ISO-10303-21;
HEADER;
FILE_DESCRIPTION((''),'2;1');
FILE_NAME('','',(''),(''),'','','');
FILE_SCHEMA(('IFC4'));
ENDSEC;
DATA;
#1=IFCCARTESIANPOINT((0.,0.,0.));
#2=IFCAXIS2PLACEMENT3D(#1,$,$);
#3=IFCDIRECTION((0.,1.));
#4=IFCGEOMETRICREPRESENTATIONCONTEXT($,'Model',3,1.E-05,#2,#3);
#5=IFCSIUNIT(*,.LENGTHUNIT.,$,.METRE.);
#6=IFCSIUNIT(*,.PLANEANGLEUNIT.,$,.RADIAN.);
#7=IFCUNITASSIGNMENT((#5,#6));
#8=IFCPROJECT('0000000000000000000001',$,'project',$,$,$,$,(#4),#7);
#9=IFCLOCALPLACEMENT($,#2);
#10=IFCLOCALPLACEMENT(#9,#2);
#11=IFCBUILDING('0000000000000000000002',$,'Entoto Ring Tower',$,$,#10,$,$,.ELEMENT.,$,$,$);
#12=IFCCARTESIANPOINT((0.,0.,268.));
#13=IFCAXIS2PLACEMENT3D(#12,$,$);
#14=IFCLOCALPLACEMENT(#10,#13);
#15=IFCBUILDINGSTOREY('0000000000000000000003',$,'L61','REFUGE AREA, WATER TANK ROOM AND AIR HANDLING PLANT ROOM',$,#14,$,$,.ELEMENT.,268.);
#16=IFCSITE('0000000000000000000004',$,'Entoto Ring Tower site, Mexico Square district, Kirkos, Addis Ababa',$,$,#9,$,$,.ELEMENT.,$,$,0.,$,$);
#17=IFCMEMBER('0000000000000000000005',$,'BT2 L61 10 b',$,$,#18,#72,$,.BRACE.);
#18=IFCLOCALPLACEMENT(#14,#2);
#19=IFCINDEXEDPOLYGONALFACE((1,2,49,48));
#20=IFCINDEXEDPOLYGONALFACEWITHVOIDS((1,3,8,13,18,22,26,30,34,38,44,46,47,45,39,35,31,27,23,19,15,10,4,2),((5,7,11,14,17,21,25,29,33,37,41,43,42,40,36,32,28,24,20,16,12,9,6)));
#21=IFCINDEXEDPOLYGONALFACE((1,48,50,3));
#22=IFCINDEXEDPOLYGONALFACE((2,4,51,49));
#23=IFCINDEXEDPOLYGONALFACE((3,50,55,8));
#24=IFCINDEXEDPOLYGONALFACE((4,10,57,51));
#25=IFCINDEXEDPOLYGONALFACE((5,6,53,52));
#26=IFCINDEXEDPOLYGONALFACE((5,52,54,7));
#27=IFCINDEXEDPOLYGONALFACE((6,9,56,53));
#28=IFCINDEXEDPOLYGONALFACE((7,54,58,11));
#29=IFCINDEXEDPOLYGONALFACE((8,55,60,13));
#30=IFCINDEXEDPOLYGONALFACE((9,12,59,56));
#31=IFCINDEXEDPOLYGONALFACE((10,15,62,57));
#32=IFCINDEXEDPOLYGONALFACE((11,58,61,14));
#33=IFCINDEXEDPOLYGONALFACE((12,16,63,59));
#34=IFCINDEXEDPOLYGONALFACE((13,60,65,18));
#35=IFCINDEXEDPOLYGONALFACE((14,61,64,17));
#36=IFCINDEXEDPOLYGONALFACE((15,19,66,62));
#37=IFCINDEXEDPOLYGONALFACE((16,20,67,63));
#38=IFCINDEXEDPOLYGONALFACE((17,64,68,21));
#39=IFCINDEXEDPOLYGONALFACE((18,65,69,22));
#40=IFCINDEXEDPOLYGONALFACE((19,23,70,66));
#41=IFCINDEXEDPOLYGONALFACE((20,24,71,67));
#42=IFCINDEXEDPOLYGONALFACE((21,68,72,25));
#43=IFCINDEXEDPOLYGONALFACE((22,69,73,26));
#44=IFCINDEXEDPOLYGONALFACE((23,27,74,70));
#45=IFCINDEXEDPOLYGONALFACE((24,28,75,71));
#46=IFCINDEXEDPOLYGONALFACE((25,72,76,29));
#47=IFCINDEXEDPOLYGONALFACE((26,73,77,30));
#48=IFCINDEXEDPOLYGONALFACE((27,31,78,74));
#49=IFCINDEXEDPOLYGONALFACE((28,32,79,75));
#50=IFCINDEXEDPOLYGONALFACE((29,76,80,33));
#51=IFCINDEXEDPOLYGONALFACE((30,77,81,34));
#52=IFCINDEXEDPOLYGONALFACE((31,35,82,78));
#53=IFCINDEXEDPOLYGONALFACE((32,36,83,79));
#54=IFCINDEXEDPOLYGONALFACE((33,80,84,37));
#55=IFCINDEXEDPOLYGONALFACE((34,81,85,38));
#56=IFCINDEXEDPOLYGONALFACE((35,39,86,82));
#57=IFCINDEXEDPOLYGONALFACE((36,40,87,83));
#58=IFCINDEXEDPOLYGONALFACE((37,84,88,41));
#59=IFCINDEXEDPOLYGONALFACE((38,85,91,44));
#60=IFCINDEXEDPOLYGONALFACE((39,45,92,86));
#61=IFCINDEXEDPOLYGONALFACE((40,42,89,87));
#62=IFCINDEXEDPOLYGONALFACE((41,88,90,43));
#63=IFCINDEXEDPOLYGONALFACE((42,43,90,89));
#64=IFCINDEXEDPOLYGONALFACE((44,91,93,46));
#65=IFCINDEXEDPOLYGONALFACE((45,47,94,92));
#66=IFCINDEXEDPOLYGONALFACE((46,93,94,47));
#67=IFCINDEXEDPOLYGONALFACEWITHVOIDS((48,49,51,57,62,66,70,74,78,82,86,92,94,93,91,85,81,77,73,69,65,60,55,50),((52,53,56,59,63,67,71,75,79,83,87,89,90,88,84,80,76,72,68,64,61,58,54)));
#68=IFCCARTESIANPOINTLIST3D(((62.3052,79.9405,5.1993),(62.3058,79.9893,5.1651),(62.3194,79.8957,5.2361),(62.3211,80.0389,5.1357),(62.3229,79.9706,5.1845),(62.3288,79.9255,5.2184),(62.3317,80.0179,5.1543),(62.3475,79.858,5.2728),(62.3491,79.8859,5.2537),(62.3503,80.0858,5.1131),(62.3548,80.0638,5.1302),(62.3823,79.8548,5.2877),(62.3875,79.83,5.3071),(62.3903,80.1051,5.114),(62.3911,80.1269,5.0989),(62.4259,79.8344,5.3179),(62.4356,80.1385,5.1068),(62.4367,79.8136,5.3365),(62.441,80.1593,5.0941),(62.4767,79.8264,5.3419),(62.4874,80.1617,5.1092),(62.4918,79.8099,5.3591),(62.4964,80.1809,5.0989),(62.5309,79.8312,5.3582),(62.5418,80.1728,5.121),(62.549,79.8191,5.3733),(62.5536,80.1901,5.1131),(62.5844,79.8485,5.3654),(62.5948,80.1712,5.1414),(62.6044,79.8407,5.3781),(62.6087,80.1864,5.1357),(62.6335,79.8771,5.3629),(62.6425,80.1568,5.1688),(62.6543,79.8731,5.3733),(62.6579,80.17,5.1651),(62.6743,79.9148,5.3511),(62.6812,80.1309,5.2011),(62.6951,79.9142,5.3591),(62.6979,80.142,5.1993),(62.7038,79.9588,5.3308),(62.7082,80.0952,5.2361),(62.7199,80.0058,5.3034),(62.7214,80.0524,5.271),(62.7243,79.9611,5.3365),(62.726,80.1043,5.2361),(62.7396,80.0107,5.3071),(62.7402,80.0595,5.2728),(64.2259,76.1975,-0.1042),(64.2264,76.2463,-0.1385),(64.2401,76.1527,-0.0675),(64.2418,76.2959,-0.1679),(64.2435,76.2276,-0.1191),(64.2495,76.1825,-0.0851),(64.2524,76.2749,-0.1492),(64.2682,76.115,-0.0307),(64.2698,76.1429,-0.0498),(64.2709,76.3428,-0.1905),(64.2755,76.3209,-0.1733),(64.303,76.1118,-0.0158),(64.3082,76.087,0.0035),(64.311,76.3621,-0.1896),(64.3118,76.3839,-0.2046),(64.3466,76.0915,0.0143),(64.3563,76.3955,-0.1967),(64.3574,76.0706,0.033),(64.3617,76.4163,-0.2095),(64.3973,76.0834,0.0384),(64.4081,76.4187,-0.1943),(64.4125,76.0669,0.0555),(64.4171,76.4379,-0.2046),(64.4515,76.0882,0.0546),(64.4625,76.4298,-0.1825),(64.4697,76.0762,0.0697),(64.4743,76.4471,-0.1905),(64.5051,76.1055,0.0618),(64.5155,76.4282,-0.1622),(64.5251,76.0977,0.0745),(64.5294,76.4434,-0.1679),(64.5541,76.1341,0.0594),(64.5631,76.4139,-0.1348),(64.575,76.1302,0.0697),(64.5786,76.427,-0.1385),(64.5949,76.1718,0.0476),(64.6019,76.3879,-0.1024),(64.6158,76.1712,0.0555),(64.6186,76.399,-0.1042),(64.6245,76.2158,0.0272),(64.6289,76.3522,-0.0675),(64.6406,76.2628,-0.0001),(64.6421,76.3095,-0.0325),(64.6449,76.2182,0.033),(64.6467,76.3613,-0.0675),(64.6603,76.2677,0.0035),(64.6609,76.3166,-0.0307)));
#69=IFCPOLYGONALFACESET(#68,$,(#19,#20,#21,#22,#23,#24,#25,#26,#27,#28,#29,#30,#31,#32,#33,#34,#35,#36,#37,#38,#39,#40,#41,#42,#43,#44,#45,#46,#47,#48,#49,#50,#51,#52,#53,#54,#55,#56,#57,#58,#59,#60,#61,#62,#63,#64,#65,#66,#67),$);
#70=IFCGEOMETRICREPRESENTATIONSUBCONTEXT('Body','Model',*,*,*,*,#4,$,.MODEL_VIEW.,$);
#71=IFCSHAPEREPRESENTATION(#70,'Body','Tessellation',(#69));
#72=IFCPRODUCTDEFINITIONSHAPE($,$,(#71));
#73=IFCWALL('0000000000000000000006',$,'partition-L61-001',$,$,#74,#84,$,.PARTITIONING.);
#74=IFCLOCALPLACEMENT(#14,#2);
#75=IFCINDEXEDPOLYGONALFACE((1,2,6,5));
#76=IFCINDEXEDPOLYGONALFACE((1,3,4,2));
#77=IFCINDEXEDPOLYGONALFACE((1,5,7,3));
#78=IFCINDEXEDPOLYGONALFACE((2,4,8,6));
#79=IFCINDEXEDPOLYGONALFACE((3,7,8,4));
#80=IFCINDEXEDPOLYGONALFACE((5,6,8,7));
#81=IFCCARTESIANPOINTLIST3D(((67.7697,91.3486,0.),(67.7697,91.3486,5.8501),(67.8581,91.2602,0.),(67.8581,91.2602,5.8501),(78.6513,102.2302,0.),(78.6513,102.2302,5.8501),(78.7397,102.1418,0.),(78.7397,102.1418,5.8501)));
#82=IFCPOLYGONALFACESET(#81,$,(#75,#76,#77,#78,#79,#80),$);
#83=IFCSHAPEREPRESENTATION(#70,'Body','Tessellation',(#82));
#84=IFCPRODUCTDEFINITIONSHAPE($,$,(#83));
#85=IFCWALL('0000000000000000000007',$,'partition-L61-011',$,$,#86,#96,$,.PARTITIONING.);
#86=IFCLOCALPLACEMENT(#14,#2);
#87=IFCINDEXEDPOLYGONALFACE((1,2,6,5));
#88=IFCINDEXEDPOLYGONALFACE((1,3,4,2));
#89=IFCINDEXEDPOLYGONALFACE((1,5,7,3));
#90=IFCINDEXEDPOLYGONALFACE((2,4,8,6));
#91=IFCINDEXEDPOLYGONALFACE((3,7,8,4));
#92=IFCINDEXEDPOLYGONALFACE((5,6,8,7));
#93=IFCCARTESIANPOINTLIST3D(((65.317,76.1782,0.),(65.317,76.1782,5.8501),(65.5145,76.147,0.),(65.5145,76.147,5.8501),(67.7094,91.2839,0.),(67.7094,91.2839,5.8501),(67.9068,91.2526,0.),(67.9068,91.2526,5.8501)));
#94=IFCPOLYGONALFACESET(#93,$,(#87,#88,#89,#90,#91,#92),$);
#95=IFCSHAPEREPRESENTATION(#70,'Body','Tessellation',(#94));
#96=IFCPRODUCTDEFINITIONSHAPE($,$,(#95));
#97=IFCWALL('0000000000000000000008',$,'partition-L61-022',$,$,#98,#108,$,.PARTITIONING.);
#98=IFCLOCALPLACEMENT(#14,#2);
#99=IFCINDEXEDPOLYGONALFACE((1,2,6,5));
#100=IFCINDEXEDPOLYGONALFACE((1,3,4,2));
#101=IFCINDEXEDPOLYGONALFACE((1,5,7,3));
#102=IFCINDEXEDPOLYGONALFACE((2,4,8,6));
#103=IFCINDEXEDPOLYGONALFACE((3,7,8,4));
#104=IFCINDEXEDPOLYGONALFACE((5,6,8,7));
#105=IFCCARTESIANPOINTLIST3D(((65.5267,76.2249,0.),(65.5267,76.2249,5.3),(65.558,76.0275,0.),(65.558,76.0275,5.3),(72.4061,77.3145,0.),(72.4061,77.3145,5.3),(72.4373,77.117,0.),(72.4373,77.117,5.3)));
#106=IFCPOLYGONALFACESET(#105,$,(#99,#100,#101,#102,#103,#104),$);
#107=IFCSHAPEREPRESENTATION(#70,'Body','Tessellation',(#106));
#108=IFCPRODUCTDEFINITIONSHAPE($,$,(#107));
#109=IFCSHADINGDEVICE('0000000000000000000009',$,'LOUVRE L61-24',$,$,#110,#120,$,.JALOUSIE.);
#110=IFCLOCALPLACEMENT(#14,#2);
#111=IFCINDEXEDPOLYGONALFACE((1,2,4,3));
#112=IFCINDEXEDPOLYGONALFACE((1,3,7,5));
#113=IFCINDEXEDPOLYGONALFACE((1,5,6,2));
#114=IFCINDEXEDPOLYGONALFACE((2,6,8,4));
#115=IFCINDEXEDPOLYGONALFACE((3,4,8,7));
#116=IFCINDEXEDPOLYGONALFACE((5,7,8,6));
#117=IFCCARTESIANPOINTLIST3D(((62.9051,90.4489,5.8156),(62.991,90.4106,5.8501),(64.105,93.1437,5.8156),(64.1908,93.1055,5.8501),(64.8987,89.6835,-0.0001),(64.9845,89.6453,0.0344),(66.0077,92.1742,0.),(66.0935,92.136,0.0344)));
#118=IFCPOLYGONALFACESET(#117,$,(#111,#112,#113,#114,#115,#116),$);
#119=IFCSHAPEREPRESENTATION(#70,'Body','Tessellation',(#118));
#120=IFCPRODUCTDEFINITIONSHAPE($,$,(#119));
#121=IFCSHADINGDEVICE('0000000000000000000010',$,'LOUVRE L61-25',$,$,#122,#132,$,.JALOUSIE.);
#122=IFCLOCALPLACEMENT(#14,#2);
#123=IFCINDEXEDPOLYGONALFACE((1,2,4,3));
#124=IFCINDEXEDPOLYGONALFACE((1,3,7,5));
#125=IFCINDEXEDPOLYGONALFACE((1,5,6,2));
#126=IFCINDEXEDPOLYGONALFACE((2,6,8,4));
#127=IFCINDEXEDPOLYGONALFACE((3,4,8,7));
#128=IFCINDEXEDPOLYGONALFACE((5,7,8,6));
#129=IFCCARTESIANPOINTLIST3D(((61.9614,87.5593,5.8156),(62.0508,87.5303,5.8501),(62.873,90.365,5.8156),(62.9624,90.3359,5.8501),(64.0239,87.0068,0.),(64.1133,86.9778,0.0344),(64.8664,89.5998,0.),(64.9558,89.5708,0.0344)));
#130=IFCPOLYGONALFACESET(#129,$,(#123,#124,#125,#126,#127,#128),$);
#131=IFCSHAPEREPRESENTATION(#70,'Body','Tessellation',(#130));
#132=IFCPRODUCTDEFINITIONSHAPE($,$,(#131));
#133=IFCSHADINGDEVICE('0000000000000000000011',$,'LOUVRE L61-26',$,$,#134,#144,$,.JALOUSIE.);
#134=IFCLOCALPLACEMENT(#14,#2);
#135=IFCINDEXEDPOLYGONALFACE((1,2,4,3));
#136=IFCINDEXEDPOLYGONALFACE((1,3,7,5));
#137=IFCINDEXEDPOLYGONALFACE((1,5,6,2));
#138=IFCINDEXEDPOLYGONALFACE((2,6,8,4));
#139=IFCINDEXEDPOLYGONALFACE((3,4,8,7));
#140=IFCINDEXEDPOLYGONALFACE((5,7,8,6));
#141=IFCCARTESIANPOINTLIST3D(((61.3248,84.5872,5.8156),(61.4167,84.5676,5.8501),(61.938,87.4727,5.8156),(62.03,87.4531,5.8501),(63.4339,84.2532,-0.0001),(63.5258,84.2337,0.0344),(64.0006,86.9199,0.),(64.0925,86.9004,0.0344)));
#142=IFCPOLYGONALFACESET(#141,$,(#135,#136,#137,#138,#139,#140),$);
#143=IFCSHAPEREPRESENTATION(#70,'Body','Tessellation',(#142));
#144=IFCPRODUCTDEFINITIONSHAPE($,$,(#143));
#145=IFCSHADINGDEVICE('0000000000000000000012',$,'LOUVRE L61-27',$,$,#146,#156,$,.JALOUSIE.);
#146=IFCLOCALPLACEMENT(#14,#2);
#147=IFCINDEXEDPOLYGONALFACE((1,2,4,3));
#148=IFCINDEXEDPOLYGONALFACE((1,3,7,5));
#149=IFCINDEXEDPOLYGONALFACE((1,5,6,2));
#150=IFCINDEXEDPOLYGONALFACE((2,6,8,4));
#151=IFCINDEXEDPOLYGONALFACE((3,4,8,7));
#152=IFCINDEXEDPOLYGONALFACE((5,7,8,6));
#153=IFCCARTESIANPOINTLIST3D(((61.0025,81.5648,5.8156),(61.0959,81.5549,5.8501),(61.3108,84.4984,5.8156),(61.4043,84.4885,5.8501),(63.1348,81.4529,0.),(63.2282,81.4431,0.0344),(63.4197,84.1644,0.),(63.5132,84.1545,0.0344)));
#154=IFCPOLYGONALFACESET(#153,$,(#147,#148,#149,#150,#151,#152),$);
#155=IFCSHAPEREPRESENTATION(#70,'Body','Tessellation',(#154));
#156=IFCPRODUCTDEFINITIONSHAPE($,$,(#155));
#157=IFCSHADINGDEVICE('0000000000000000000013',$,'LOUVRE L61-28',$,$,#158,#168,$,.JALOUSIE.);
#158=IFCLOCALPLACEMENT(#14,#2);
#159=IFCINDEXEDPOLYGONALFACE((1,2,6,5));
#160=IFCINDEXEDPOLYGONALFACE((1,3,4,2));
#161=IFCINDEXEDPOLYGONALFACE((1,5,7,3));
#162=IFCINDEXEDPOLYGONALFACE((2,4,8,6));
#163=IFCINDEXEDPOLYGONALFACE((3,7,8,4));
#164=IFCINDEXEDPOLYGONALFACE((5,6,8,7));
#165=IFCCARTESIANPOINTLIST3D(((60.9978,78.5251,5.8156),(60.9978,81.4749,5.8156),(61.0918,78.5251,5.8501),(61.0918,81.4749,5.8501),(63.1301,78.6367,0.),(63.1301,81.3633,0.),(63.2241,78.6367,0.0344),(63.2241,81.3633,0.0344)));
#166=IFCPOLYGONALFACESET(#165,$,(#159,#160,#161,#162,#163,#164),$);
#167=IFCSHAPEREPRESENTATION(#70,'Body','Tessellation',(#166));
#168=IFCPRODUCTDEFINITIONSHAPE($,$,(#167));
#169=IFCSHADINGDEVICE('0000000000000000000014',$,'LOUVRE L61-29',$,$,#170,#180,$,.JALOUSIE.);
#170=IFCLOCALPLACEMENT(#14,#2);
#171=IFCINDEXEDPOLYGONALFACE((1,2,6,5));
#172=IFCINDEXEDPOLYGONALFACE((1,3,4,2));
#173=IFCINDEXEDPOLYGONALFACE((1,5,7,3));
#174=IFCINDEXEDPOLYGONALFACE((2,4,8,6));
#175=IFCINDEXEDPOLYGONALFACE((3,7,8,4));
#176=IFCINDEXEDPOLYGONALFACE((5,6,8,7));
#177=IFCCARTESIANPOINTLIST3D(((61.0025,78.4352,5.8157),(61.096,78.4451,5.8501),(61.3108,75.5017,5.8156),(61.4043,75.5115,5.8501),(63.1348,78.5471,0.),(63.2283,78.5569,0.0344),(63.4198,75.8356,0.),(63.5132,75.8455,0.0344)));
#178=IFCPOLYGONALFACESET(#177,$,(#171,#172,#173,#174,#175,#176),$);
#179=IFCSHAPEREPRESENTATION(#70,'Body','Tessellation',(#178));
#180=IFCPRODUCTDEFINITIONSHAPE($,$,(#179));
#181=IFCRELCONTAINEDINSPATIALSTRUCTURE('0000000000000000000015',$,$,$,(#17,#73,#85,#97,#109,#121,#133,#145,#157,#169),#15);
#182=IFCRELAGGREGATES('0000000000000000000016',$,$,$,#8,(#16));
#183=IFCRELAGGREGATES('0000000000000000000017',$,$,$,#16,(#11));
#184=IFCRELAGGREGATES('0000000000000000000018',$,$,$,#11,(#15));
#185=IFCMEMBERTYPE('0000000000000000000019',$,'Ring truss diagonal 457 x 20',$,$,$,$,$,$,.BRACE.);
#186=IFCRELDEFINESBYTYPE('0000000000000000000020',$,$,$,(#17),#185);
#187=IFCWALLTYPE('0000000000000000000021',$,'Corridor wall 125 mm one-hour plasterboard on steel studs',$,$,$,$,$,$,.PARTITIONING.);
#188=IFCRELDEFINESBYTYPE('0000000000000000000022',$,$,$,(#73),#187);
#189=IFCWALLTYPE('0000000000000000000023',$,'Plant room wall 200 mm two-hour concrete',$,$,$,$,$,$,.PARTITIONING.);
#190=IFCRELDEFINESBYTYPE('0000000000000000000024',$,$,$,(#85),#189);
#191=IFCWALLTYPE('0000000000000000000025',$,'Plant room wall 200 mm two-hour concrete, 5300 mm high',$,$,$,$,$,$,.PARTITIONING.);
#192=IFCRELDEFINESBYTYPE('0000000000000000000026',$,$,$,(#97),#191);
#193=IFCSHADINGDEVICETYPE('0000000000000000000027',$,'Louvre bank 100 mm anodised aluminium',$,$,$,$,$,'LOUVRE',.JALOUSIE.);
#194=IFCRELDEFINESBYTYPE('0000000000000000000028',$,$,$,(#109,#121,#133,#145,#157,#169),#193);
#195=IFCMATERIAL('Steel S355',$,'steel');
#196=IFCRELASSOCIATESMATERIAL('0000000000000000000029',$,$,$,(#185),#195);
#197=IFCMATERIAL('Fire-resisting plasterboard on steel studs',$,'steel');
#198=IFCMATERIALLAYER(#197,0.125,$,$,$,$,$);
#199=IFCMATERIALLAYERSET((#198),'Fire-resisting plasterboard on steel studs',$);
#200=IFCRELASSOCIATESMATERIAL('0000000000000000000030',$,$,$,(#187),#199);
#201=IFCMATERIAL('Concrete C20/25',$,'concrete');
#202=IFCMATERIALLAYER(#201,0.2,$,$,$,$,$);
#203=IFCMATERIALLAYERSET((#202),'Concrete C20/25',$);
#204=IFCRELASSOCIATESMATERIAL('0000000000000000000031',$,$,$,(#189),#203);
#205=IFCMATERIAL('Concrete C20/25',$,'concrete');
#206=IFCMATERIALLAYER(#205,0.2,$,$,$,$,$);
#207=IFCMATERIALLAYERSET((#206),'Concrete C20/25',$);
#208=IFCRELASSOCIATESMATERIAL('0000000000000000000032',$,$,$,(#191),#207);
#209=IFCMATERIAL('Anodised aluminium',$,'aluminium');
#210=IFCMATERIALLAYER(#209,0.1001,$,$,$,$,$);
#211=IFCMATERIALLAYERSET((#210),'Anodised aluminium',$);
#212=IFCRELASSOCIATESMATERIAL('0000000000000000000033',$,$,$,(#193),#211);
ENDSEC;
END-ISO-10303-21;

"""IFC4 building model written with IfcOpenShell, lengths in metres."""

from ifc_helpers import new_model, si_unit, direction, frame, frame_2d, origin, origin_2d, place, context, subcontext, project, spatial, polyline, rectangle, circle, hollow_circle, outline, extrude, material, layer, layer_set, material_profile, profile_set, type_object, element, save


model = new_model("IFC4")

# Units and contexts
model_context = context("Model", 3, precision=1e-05, world=origin(), true_north=direction((0.0, 1.0)))
body_context = subcontext(model_context, "Body", "Model", "MODEL_VIEW")
ifc_project = project(units=[si_unit("LENGTHUNIT", "METRE"), si_unit("PLANEANGLEUNIT", "RADIAN")], contexts=[model_context])

# Site, building, storey
site_placement = place(None, origin())
site = spatial("IfcSite", under=ifc_project, at=site_placement, Name="Entoto Ring Tower site, Mexico Square district, Kirkos, Addis Ababa", CompositionType="ELEMENT", RefElevation=0.0)
building_placement = place(site_placement, origin())
building = spatial("IfcBuilding", under=site, at=building_placement, Name="Entoto Ring Tower", CompositionType="ELEMENT")
storey_placement = place(building_placement, frame((0.0, 0.0, 268.0)))
storey = spatial("IfcBuildingStorey", under=building, at=storey_placement, Name="L61", Description="REFUGE AREA, WATER TANK ROOM AND AIR HANDLING PLANT ROOM", CompositionType="ELEMENT", Elevation=268.0)

# Member
ifc_material_1 = material(Name="Steel S355", Category="steel")
ifc_material_profile_1 = material_profile(ifc_material_1, hollow_circle(Radius=0.2285, WallThickness=0.02, at=origin_2d()), Name="CHS 457 x 20")
ifc_material_2 = material(Name="Concrete C60/75", Category="concrete")
ifc_material_profile_2 = material_profile(ifc_material_2, circle(Radius=0.2085, at=origin_2d()), Name="Concrete C60/75 infill")
ifc_profile_set_1 = profile_set([ifc_material_profile_1, ifc_material_profile_2], Name="Steel S355")
member_type_1 = type_object("IfcMemberType", Name="Ring truss diagonal 457 x 20", PredefinedType="BRACE", material=ifc_profile_set_1)
for number, where, z_axis, x_axis, name in (
    (1, (62.5227, 80.0, 5.2361), (0.283725, -0.552915, -0.783444), (0.889701, 0.456544, 0.0), "BT2 L61 10 b"),
):
    element("IfcMember", number, at=place(storey_placement, frame(where, z_axis=z_axis, x_axis=x_axis)), inside=storey, type_object=member_type_1, Name=name, PredefinedType="BRACE", context=body_context, shape_type="SweptSolid", body=[
        extrude(hollow_circle(Radius=0.2285, WallThickness=0.02, at=origin_2d()), origin(), (0.0, 0.0, 1.0), 6.7695),
    ])

# Walls
ifc_material_3 = material(Name="Fire-resisting plasterboard on steel studs", Category="steel")
ifc_layer_1 = layer(ifc_material_3, 0.125)
ifc_layer_set_1 = layer_set([ifc_layer_1], Name="Fire-resisting plasterboard on steel studs")
wall_type_1 = type_object("IfcWallType", Name="Corridor wall 125 mm one-hour plasterboard on steel studs", PredefinedType="PARTITIONING", material=ifc_layer_set_1)
wall_1_placement = place(storey_placement, frame((67.814, 91.3044, 0.0), z_axis=(0.0, 0.0, 1.0), x_axis=(0.707107, 0.707107, 0.0)))
element("IfcWall", 2, at=wall_1_placement, inside=storey, type_object=wall_type_1, Name="partition-L61-001", PredefinedType="PARTITIONING", context=body_context, shape_type="SweptSolid", body=[
    extrude(rectangle(XDim=15.3889, YDim=0.125, at=frame_2d((7.6943, 0.0))), origin(), (0.0, 0.0, 1.0), 5.8501),
])
ifc_material_4 = material(Name="Concrete C20/25", Category="concrete")
ifc_layer_2 = layer(ifc_material_4, 0.2)
ifc_layer_set_2 = layer_set([ifc_layer_2], Name="Concrete C20/25")
wall_type_2 = type_object("IfcWallType", Name="Plant room wall 200 mm two-hour concrete", PredefinedType="PARTITIONING", material=ifc_layer_set_2)
wall_2_placement = place(storey_placement, frame((65.4158, 76.1626, 0.0), z_axis=(0.0, 0.0, 1.0), x_axis=(0.156423, 0.98769, 0.0)))
element("IfcWall", 3, at=wall_2_placement, inside=storey, type_object=wall_type_2, Name="partition-L61-011", PredefinedType="PARTITIONING", context=body_context, shape_type="SweptSolid", body=[
    extrude(rectangle(XDim=15.2939, YDim=0.2, at=frame_2d((7.647, 0.0))), origin(), (0.0, 0.0, 1.0), 5.8501),
])
ifc_material_5 = material(Name="Concrete C20/25", Category="concrete")
ifc_layer_3 = layer(ifc_material_5, 0.2)
ifc_layer_set_3 = layer_set([ifc_layer_3], Name="Concrete C20/25")
wall_type_3 = type_object("IfcWallType", Name="Plant room wall 200 mm two-hour concrete, 5300 mm high", PredefinedType="PARTITIONING", material=ifc_layer_set_3)
wall_3_placement = place(storey_placement, frame((65.5425, 76.1262, 0.0), z_axis=(0.0, 0.0, 1.0), x_axis=(0.987688, 0.156436, 0.0)))
element("IfcWall", 4, at=wall_3_placement, inside=storey, type_object=wall_type_3, Name="partition-L61-022", PredefinedType="PARTITIONING", context=body_context, shape_type="SweptSolid", body=[
    extrude(rectangle(XDim=6.9651, YDim=0.2, at=frame_2d((3.4824, 0.0))), origin(), (0.0, 0.0, 1.0), 5.3),
])

# Shading devices
ifc_material_6 = material(Name="Anodised aluminium", Category="aluminium")
ifc_layer_4 = layer(ifc_material_6, 0.1001)
ifc_layer_set_4 = layer_set([ifc_layer_4], Name="Anodised aluminium")
shading_device_type = type_object("IfcShadingDeviceType", Name="Louvre bank 100 mm anodised aluminium", ElementType="LOUVRE", PredefinedType="JALOUSIE", material=ifc_layer_set_4)
shading_device_1_placement = place(storey_placement, frame((66.0935, 92.136, 0.0344), z_axis=(0.857696, -0.381885, 0.344269), x_axis=(-0.406746, -0.913542, -0.00001)))
element("IfcShadingDevice", 5, at=shading_device_1_placement, inside=storey, type_object=shading_device_type, Name="LOUVRE L61-24", PredefinedType="JALOUSIE", context=body_context, shape_type="SweptSolid", body=[
    extrude(outline(polyline([(0.0, 0.0), (2.7264, 0.0), (2.8381, -6.1944), (-0.1119, -6.1943), (0.0, 0.0)])), origin(), (0.0, 0.0, -1.0), 0.1001),
])
shading_device_2_placement = place(storey_placement, frame((64.9558, 89.5708, 0.0344), z_axis=(0.89293, -0.290133, 0.344236), x_axis=(-0.309019, -0.951056, 0.0)))
element("IfcShadingDevice", 6, at=shading_device_2_placement, inside=storey, type_object=shading_device_type, Name="LOUVRE L61-25", PredefinedType="JALOUSIE", context=body_context, shape_type="SweptSolid", body=[
    extrude(outline(polyline([(0.0, 0.0), (2.7265, 0.0), (2.8384, -6.1942), (-0.1117, -6.1942), (0.0, 0.0)])), origin(), (0.0, 0.0, -1.0), 0.1001),
])
shading_device_3_placement = place(storey_placement, frame((64.0925, 86.9004, 0.0344), z_axis=(0.918367, -0.195166, 0.344255), x_axis=(-0.207869, -0.978157, -0.000008)))
element("IfcShadingDevice", 7, at=shading_device_3_placement, inside=storey, type_object=shading_device_type, Name="LOUVRE L61-26", PredefinedType="JALOUSIE", context=body_context, shape_type="SweptSolid", body=[
    extrude(outline(polyline([(0.0, 0.0), (2.7263, 0.0), (2.838, -6.1943), (-0.112, -6.1943), (0.0, 0.0)])), origin(), (0.0, 0.0, -1.0), 0.1001),
])
shading_device_4_placement = place(storey_placement, frame((63.5132, 84.1545, 0.0344), z_axis=(0.933741, -0.098131, 0.344237), x_axis=(-0.104517, -0.994523, -0.000005)))
element("IfcShadingDevice", 8, at=shading_device_4_placement, inside=storey, type_object=shading_device_type, Name="LOUVRE L61-27", PredefinedType="JALOUSIE", context=body_context, shape_type="SweptSolid", body=[
    extrude(outline(polyline([(0.0, 0.0), (2.7264, 0.0), (2.838, -6.1943), (-0.1118, -6.1942), (0.0, 0.0)])), origin(), (0.0, 0.0, -1.0), 0.1001),
])
shading_device_5_placement = place(storey_placement, frame((63.2241, 81.3633, 0.0344), z_axis=(0.938881, 0.0, 0.344242), x_axis=(0.0, -1.0, 0.0)))
element("IfcShadingDevice", 9, at=shading_device_5_placement, inside=storey, type_object=shading_device_type, Name="LOUVRE L61-28", PredefinedType="JALOUSIE", context=body_context, shape_type="SweptSolid", body=[
    extrude(outline(polyline([(0.0, 0.0), (2.7266, 0.0), (2.8381, -6.1943), (-0.1116, -6.1943), (0.0, 0.0)])), origin(), (0.0, 0.0, -1.0), 0.1001),
])
shading_device_6_placement = place(storey_placement, frame((63.2283, 78.5569, 0.0344), z_axis=(0.933741, 0.098131, 0.344237), x_axis=(0.104517, -0.994523, 0.000005)))
element("IfcShadingDevice", 10, at=shading_device_6_placement, inside=storey, type_object=shading_device_type, Name="LOUVRE L61-29", PredefinedType="JALOUSIE", context=body_context, shape_type="SweptSolid", body=[
    extrude(outline(polyline([(0.0, 0.0), (2.7264, 0.0), (2.8381, -6.1942), (-0.1116, -6.1943), (0.0, 0.0)])), origin(), (0.0, 0.0, -1.0), 0.1001),
])

save(model, "model.ifc")
